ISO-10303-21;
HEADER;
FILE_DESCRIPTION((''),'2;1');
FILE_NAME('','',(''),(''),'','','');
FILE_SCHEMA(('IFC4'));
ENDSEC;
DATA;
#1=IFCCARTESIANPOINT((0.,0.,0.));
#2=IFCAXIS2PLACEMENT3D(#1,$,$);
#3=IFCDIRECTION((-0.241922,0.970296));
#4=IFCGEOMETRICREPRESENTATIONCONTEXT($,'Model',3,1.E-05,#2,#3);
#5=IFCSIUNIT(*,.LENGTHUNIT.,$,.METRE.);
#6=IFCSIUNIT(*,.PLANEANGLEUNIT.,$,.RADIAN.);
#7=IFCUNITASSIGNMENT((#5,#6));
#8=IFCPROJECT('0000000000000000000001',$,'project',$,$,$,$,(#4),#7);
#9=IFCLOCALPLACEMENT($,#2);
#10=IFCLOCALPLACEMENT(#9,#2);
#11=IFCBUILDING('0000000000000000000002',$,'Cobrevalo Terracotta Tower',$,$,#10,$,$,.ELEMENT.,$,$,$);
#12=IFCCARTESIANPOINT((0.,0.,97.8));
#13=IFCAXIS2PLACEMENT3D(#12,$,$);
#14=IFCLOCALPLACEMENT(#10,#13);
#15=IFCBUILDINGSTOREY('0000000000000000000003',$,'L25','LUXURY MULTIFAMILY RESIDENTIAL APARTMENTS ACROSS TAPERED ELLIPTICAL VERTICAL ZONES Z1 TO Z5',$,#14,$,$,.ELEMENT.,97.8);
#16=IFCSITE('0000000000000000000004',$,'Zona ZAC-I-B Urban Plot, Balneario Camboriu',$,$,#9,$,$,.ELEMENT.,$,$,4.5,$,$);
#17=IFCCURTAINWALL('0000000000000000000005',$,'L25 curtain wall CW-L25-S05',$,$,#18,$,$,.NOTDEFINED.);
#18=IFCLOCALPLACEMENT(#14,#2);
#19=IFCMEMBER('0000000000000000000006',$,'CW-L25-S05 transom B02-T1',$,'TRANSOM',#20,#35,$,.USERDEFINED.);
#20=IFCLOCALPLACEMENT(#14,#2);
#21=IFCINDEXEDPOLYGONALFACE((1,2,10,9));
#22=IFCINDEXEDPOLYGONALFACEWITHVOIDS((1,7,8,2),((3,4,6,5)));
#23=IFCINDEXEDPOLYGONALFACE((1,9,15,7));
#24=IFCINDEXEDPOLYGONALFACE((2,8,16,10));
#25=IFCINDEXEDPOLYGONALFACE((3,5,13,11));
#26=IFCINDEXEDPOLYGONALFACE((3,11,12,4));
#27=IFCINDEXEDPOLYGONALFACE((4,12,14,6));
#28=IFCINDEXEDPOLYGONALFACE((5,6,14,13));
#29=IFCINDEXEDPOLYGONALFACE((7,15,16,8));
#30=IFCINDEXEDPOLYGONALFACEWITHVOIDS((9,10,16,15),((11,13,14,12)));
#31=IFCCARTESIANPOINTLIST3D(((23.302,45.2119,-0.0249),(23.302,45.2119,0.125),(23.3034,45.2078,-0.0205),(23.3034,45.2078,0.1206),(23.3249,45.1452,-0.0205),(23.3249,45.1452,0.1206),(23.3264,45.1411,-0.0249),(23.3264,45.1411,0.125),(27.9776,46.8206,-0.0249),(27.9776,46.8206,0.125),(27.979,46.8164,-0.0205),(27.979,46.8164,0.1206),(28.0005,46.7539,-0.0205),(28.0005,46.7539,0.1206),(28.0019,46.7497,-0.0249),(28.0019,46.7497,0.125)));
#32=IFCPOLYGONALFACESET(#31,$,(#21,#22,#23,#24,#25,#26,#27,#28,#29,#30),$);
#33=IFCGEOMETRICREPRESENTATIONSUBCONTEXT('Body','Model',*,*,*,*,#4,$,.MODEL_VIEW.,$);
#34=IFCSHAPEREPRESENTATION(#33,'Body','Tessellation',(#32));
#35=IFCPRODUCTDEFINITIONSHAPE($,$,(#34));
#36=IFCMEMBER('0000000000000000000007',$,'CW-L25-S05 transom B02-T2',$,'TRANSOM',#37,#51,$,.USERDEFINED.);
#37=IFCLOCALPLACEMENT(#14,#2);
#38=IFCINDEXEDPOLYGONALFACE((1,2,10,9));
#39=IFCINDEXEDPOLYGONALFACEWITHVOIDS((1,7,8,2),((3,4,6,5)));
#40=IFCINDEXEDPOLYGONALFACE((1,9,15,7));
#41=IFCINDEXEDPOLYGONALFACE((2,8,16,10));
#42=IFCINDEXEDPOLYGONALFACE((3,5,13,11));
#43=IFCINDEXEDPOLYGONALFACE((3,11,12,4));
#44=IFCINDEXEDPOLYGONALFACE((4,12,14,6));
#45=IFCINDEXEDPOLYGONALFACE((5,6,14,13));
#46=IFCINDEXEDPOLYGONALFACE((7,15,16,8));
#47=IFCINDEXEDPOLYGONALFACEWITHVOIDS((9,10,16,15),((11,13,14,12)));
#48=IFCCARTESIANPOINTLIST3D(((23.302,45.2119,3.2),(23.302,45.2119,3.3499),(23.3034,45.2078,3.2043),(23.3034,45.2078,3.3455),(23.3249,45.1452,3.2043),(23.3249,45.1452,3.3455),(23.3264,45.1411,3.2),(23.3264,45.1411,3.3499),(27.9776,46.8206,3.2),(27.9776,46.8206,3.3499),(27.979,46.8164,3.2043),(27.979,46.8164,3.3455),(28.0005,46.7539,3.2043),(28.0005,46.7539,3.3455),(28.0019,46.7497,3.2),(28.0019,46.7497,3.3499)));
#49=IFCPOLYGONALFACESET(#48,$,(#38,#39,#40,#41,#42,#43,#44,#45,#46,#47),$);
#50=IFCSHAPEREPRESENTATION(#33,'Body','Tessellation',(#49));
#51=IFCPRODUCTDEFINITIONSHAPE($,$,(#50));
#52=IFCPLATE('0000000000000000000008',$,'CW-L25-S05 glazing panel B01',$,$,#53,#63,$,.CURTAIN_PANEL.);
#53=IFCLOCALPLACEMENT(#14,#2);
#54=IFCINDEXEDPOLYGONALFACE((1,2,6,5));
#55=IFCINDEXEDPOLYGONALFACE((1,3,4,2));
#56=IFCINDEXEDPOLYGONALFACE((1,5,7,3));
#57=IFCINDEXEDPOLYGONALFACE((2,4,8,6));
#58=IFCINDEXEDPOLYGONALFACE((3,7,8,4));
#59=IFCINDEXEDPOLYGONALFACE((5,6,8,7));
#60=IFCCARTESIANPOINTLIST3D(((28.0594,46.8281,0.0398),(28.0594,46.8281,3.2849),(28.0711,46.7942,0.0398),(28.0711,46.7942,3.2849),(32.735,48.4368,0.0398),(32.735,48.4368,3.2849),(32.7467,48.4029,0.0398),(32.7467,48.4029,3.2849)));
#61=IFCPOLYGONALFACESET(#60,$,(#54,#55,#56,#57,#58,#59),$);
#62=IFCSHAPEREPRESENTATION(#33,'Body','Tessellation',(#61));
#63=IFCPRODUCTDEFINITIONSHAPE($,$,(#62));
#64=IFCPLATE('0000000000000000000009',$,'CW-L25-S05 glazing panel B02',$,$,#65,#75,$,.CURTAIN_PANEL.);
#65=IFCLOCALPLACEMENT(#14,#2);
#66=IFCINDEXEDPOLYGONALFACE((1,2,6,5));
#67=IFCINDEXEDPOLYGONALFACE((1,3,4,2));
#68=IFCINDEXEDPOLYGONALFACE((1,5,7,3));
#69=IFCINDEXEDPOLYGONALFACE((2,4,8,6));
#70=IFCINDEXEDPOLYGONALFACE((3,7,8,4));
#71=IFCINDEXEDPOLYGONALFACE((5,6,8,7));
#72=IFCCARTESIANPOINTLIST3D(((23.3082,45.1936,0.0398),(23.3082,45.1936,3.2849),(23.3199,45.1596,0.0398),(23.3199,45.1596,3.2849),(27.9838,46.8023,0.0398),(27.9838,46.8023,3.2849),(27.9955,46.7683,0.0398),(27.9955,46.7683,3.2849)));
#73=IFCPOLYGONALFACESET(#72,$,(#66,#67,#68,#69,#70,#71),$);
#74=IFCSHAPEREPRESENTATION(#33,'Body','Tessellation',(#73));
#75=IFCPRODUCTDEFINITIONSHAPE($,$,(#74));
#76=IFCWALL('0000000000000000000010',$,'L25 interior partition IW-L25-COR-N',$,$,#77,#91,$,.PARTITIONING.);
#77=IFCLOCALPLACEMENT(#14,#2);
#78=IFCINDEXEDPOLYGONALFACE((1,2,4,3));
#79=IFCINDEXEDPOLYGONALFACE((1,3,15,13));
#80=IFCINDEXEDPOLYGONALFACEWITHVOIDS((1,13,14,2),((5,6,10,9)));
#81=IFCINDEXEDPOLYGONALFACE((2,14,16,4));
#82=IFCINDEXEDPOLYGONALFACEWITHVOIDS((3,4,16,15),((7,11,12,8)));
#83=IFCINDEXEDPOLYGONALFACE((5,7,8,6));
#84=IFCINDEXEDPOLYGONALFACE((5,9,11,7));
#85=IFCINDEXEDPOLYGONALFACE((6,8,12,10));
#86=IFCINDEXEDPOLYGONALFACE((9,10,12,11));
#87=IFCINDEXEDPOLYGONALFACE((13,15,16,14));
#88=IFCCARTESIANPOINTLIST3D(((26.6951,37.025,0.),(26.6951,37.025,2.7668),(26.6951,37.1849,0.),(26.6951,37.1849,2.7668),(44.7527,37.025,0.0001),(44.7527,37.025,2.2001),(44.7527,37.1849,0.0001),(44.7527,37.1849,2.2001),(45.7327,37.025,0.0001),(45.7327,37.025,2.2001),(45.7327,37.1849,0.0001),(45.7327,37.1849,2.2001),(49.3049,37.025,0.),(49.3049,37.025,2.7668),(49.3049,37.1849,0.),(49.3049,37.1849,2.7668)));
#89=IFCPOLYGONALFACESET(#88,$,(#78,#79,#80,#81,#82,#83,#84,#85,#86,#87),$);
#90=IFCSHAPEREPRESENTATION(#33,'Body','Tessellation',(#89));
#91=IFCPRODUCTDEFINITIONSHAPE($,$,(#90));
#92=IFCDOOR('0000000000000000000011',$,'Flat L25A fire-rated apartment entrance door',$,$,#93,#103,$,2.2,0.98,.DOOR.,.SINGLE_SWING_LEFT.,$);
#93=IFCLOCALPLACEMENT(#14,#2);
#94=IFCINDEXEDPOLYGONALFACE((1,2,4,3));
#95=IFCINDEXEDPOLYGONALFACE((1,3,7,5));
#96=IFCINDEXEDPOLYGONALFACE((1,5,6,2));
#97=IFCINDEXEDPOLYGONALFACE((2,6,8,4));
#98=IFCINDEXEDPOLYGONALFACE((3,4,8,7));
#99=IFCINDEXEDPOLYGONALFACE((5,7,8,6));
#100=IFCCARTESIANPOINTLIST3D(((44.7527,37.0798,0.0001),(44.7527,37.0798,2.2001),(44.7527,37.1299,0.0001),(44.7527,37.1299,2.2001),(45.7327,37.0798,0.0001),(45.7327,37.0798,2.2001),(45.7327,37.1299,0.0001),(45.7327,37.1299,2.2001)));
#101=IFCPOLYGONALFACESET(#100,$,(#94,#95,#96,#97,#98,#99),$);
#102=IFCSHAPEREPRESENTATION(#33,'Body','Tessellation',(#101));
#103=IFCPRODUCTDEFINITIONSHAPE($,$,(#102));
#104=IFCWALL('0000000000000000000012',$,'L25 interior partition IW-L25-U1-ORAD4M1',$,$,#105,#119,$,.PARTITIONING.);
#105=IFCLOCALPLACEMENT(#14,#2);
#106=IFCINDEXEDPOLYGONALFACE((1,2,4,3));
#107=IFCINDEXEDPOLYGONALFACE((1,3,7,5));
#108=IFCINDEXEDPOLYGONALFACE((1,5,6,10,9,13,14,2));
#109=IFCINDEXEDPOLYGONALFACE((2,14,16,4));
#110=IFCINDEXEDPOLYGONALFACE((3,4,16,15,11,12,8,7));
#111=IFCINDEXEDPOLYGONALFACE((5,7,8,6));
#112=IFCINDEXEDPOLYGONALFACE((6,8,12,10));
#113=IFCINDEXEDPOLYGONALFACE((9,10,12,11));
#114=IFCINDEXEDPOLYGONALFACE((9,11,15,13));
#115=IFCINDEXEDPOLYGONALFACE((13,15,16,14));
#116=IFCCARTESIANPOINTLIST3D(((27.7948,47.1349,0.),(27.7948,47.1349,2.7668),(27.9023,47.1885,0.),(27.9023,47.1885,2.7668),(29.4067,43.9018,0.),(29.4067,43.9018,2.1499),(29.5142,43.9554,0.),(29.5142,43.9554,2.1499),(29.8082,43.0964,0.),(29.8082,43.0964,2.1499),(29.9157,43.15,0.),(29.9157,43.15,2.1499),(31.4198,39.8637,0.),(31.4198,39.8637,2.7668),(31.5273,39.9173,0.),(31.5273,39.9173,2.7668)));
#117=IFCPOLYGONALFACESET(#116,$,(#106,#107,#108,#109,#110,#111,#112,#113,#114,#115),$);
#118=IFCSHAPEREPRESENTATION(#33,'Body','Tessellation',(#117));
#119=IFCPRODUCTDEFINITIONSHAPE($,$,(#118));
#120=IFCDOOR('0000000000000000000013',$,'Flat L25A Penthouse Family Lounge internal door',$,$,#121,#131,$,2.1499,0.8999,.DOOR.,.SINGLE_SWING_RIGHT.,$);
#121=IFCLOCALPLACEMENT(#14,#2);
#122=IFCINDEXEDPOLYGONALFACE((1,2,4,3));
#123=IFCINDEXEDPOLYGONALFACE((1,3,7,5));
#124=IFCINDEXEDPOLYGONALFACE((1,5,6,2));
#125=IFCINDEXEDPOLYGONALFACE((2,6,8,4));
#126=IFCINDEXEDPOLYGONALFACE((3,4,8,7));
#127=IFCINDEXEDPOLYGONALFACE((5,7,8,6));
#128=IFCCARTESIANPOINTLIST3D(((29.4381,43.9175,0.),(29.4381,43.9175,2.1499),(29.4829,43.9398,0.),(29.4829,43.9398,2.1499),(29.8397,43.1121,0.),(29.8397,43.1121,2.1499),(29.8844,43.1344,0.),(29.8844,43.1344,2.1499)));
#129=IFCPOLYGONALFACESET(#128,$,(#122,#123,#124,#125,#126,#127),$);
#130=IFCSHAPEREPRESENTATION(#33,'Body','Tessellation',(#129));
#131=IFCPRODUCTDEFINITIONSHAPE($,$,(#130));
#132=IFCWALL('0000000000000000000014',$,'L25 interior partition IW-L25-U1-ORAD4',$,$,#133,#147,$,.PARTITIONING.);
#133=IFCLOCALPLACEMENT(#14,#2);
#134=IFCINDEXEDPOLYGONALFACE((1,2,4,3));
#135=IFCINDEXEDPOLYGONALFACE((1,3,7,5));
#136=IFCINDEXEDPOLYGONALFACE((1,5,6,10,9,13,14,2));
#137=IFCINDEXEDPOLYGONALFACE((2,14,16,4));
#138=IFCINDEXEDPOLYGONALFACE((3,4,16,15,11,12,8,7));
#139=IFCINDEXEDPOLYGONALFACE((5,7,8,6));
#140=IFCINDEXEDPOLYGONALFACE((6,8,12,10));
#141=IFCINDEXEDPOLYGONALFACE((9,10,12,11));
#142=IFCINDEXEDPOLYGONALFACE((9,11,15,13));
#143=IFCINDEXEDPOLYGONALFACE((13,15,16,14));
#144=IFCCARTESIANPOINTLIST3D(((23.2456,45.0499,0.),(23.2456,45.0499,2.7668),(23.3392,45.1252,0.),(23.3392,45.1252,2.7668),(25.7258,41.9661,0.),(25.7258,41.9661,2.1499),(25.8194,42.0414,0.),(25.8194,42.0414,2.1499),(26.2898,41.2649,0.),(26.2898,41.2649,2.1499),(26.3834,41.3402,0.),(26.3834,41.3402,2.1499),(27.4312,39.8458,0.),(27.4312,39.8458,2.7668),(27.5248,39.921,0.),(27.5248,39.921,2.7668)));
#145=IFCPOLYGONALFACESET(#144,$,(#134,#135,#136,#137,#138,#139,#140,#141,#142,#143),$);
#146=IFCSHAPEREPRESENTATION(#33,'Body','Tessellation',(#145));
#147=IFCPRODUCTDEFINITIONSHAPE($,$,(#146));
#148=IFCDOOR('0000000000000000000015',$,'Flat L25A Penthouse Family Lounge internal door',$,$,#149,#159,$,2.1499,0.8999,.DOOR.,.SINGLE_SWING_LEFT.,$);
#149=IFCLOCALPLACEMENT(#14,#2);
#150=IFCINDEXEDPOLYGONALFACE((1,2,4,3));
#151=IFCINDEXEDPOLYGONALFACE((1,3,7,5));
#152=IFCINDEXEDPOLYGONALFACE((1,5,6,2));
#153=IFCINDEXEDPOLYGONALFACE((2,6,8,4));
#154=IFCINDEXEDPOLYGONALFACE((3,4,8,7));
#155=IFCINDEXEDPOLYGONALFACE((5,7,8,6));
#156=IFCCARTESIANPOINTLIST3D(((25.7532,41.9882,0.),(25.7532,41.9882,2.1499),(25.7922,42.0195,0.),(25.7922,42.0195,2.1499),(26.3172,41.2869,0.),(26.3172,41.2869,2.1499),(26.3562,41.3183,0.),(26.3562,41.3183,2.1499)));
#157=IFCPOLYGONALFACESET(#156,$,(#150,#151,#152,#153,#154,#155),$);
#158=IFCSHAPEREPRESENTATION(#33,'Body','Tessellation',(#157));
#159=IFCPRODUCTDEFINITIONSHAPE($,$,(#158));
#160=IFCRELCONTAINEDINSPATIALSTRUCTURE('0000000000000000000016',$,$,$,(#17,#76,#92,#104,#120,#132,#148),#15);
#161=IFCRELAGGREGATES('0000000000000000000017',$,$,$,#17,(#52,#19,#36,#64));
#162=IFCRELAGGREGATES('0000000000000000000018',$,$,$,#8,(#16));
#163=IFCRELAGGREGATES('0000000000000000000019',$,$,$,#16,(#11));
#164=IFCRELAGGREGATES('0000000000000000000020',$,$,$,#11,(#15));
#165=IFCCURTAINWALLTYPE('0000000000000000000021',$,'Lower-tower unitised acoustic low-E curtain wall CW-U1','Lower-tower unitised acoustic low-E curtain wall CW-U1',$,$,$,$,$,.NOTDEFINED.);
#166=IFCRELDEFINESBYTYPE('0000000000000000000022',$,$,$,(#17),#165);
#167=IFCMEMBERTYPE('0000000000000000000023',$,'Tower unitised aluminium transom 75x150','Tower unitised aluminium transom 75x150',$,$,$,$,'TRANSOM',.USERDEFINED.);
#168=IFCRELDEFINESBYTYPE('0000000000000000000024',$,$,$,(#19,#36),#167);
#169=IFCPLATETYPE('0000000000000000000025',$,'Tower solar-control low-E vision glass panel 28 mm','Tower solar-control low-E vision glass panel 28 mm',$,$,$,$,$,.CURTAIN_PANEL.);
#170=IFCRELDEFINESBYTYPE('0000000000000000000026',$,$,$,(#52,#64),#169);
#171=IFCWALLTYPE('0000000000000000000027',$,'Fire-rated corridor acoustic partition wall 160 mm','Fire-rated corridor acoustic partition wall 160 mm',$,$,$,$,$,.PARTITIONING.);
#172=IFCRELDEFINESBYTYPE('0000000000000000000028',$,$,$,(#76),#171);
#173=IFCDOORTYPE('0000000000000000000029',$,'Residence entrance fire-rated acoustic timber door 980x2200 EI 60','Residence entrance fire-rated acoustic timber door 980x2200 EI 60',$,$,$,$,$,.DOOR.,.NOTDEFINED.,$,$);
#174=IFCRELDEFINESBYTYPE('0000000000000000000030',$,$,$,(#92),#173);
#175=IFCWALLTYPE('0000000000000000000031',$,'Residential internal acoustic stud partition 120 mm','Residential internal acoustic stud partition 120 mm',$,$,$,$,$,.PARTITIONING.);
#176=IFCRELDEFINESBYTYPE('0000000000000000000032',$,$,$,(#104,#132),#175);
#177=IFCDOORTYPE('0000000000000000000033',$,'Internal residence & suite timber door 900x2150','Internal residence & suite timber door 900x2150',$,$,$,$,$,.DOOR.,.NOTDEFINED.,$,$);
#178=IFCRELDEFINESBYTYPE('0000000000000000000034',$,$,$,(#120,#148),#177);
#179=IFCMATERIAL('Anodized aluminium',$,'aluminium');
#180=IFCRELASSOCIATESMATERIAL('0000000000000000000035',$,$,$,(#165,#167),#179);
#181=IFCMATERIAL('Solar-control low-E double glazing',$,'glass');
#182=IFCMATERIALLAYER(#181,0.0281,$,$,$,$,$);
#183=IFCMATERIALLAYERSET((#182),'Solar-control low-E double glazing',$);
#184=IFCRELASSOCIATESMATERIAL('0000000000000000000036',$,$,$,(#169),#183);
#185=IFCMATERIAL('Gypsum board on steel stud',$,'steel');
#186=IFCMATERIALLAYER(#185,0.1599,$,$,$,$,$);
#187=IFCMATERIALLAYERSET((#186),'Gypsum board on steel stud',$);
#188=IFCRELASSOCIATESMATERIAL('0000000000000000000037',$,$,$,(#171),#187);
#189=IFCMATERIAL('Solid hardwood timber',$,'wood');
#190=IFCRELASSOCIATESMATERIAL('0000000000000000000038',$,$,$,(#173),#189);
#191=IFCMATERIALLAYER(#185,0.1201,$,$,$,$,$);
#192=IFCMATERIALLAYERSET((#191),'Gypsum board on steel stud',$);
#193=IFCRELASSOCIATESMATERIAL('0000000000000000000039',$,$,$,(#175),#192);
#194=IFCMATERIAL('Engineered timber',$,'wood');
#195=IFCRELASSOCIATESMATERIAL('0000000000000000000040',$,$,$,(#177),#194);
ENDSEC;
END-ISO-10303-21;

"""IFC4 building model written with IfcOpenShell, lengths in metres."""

from ifc_helpers import new_model, si_unit, direction, frame, frame_2d, origin, origin_2d, place, context, subcontext, project, spatial, rectangle, hollow_rectangle, extrude, source, transform, mapped, material, layer, layer_set, material_profile, profile_set, type_object, element, fill, aggregate, save


model = new_model("IFC4")

# Units and contexts
model_context = context("Model", 3, precision=1e-05, world=origin(), true_north=direction((-0.241922, 0.970296)))
body_context = subcontext(model_context, "Body", "Model", "MODEL_VIEW")
ifc_project = project(units=[si_unit("LENGTHUNIT", "METRE"), si_unit("PLANEANGLEUNIT", "RADIAN")], contexts=[model_context])

# Site, building, storey
site_placement = place(None, origin())
site = spatial("IfcSite", under=ifc_project, at=site_placement, Name="Zona ZAC-I-B Urban Plot, Balneario Camboriu", CompositionType="ELEMENT", RefElevation=4.5)
building_placement = place(site_placement, origin())
building = spatial("IfcBuilding", under=site, at=building_placement, Name="Cobrevalo Terracotta Tower", CompositionType="ELEMENT")
storey_placement = place(building_placement, frame((0.0, 0.0, 97.8)))
storey = spatial("IfcBuildingStorey", under=building, at=storey_placement, Name="L25", Description="LUXURY MULTIFAMILY RESIDENTIAL APARTMENTS ACROSS TAPERED ELLIPTICAL VERTICAL ZONES Z1 TO Z5", CompositionType="ELEMENT", Elevation=97.8)

# Curtain wall, members, plates
ifc_material_1 = material(Name="Anodized aluminium", Category="aluminium")
curtain_wall_type = type_object("IfcCurtainWallType", Name="Lower-tower unitised acoustic low-E curtain wall CW-U1", Description="Lower-tower unitised acoustic low-E curtain wall CW-U1", PredefinedType="NOTDEFINED", material=ifc_material_1)
curtain_wall_placement = place(storey_placement, origin())
curtain_wall = element("IfcCurtainWall", 1, at=curtain_wall_placement, inside=storey, type_object=curtain_wall_type, Name="L25 curtain wall CW-L25-S05", PredefinedType="NOTDEFINED")
ifc_material_profile_1 = material_profile(ifc_material_1, hollow_rectangle(XDim=0.075, YDim=0.1499, WallThickness=0.0044, at=origin_2d()), Name="CWT 75x150")
ifc_profile_set_1 = profile_set([ifc_material_profile_1], Name="Anodized aluminium")
member_type_1 = type_object("IfcMemberType", Name="Tower unitised aluminium transom 75x150", Description="Tower unitised aluminium transom 75x150", ElementType="TRANSOM", PredefinedType="USERDEFINED", material=ifc_profile_set_1)
shared_shape_1 = source(origin(), body_context, "Body", "SweptSolid", [
    extrude(hollow_rectangle(XDim=0.075, YDim=0.1499, WallThickness=0.0044, at=origin_2d()), origin(), (0.0, 0.0, 1.0), 4.9446),
])
member_1_placement = place(storey_placement, frame((27.9897, 46.7852, 0.05), z_axis=(-0.945598, -0.325338, 0.0), x_axis=(0.325338, -0.945598, 0.0)))
member_1 = element("IfcMember", 2, at=member_1_placement, type_object=member_type_1, Name="CW-L25-S05 transom B02-T1", ObjectType="TRANSOM", PredefinedType="USERDEFINED", context=body_context, shape_type="MappedRepresentation", body=[
    mapped(shared_shape_1, transform((0.0, 0.0, 0.0), scale=1.0)),
])
member_2_placement = place(storey_placement, frame((27.9897, 46.7852, 3.2749), z_axis=(-0.945598, -0.325338, 0.0), x_axis=(0.325338, -0.945598, 0.0)))
member_2 = element("IfcMember", 3, at=member_2_placement, type_object=member_type_1, Name="CW-L25-S05 transom B02-T2", ObjectType="TRANSOM", PredefinedType="USERDEFINED", context=body_context, shape_type="MappedRepresentation", body=[
    mapped(shared_shape_1, transform((0.0, 0.0, 0.0), scale=1.0)),
])
ifc_material_2 = material(Name="Solar-control low-E double glazing", Category="glass")
ifc_layer_1 = layer(ifc_material_2, 0.0281)
ifc_layer_set_1 = layer_set([ifc_layer_1], Name="Solar-control low-E double glazing")
plate_type = type_object("IfcPlateType", Name="Tower solar-control low-E vision glass panel 28 mm", Description="Tower solar-control low-E vision glass panel 28 mm", PredefinedType="CURTAIN_PANEL", material=ifc_layer_set_1)
shared_shape_2 = source(origin(), body_context, "Body", "SweptSolid", [
    extrude(rectangle(XDim=4.9446, YDim=0.0359, at=origin_2d()), origin(), (0.0, 0.0, 1.0), 3.2451),
])
plate_1_placement = place(storey_placement, frame((30.4031, 47.6155, 0.0398), z_axis=(0.0, 0.0, 1.0), x_axis=(-0.945596, -0.325342, 0.0)))
plate_1 = element("IfcPlate", 4, at=plate_1_placement, type_object=plate_type, Name="CW-L25-S05 glazing panel B01", PredefinedType="CURTAIN_PANEL", context=body_context, shape_type="MappedRepresentation", body=[
    mapped(shared_shape_2, transform((0.0, 0.0, 0.0), scale=1.0)),
])
plate_2_placement = place(storey_placement, frame((25.6519, 45.981, 0.0398), z_axis=(0.0, 0.0, 1.0), x_axis=(-0.945596, -0.325342, 0.0)))
plate_2 = element("IfcPlate", 5, at=plate_2_placement, type_object=plate_type, Name="CW-L25-S05 glazing panel B02", PredefinedType="CURTAIN_PANEL", context=body_context, shape_type="MappedRepresentation", body=[
    mapped(shared_shape_2, transform((0.0, 0.0, 0.0), scale=1.0)),
])
aggregate(curtain_wall, [plate_1, member_1, member_2, plate_2])

# Walls, openings, doors
ifc_material_3 = material(Name="Gypsum board on steel stud", Category="steel")
ifc_layer_2 = layer(ifc_material_3, 0.1599)
ifc_layer_set_2 = layer_set([ifc_layer_2], Name="Gypsum board on steel stud")
wall_type_1 = type_object("IfcWallType", Name="Fire-rated corridor acoustic partition wall 160 mm", Description="Fire-rated corridor acoustic partition wall 160 mm", PredefinedType="PARTITIONING", material=ifc_layer_set_2)
wall_1_placement = place(storey_placement, frame((26.6951, 37.105, 0.0), z_axis=(0.0, 0.0, 1.0), x_axis=(1.0, 0.0, 0.0)))
wall_1 = element("IfcWall", 6, at=wall_1_placement, inside=storey, type_object=wall_type_1, Name="L25 interior partition IW-L25-COR-N", PredefinedType="PARTITIONING", context=body_context, shape_type="SweptSolid", body=[
    extrude(rectangle(XDim=22.6099, YDim=0.1599, at=frame_2d((11.3049, 0.0))), origin(), (0.0, 0.0, 1.0), 2.7668),
])
opening_1_placement = place(wall_1_placement, frame((18.0576, 0.0, 0.0)))
opening_1 = element("IfcOpeningElement", 7, at=opening_1_placement, cuts=wall_1, PredefinedType="OPENING", context=body_context, shape_type="SweptSolid", body=[
    extrude(rectangle(XDim=0.98, YDim=2.2, at=frame_2d((0.49, 1.1001))), frame((0.0, 0.0898, 0.0), z_axis=(0.0, -1.0, 0.0), x_axis=(1.0, 0.0, 0.0)), (0.0, 0.0, 1.0), 0.1799),
])
ifc_material_4 = material(Name="Solid hardwood timber", Category="wood")
door_type_1 = type_object("IfcDoorType", Name="Residence entrance fire-rated acoustic timber door 980x2200 EI 60", Description="Residence entrance fire-rated acoustic timber door 980x2200 EI 60", OperationType="NOTDEFINED", PredefinedType="DOOR", material=ifc_material_4)
shared_shape_3 = source(origin(), body_context, "Body", "SweptSolid", [
    extrude(rectangle(XDim=0.98, YDim=2.2, at=frame_2d((0.49, 1.1001))), frame((0.0, 0.0249, 0.0), z_axis=(0.0, -1.0, 0.0), x_axis=(1.0, 0.0, 0.0)), (0.0, 0.0, 1.0), 0.05),
])
door_1_placement = place(opening_1_placement, origin())
door_1 = element("IfcDoor", 8, at=door_1_placement, inside=storey, type_object=door_type_1, Name="Flat L25A fire-rated apartment entrance door", OperationType="SINGLE_SWING_LEFT", OverallHeight=2.2, OverallWidth=0.98, PredefinedType="DOOR", context=body_context, shape_type="MappedRepresentation", body=[
    mapped(shared_shape_3, transform((0.0, 0.0, 0.0), scale=1.0)),
])
fill(opening_1, door_1)
ifc_layer_3 = layer(ifc_material_3, 0.1201)
ifc_layer_set_3 = layer_set([ifc_layer_3], Name="Gypsum board on steel stud")
wall_type_2 = type_object("IfcWallType", Name="Residential internal acoustic stud partition 120 mm", Description="Residential internal acoustic stud partition 120 mm", PredefinedType="PARTITIONING", material=ifc_layer_set_3)
wall_2_placement = place(storey_placement, frame((31.4736, 39.8904, 0.0), z_axis=(0.0, 0.0, 1.0), x_axis=(-0.446168, 0.894949, 0.0)))
wall_2 = element("IfcWall", 9, at=wall_2_placement, inside=storey, type_object=wall_type_2, Name="L25 interior partition IW-L25-U1-ORAD4M1", PredefinedType="PARTITIONING", context=body_context, shape_type="SweptSolid", body=[
    extrude(rectangle(XDim=8.1248, YDim=0.1201, at=frame_2d((4.0625, 0.0))), origin(), (0.0, 0.0, 1.0), 2.7668),
])
opening_2_placement = place(wall_2_placement, frame((3.6123, 0.0, 0.0)))
opening_2 = element("IfcOpeningElement", 10, at=opening_2_placement, cuts=wall_2, PredefinedType="OPENING", context=body_context, shape_type="SweptSolid", body=[
    extrude(rectangle(XDim=0.8999, YDim=2.1499, at=frame_2d((0.45, 1.075))), frame((0.0, 0.0701, 0.0), z_axis=(0.0, -1.0, 0.0), x_axis=(1.0, 0.0, 0.0)), (0.0, 0.0, 1.0), 0.1401),
])
ifc_material_5 = material(Name="Engineered timber", Category="wood")
door_type_2 = type_object("IfcDoorType", Name="Internal residence & suite timber door 900x2150", Description="Internal residence & suite timber door 900x2150", OperationType="NOTDEFINED", PredefinedType="DOOR", material=ifc_material_5)
shared_shape_4 = source(origin(), body_context, "Body", "SweptSolid", [
    extrude(rectangle(XDim=0.8999, YDim=2.1499, at=frame_2d((0.45, 1.075))), frame((0.0, 0.0249, 0.0), z_axis=(0.0, -1.0, 0.0), x_axis=(1.0, 0.0, 0.0)), (0.0, 0.0, 1.0), 0.05),
])
door_2_placement = place(opening_2_placement, origin())
door_2 = element("IfcDoor", 11, at=door_2_placement, inside=storey, type_object=door_type_2, Name="Flat L25A Penthouse Family Lounge internal door", OperationType="SINGLE_SWING_RIGHT", OverallHeight=2.1499, OverallWidth=0.8999, PredefinedType="DOOR", context=body_context, shape_type="MappedRepresentation", body=[
    mapped(shared_shape_4, transform((0.0, 0.0, 0.0), scale=1.0)),
])
fill(opening_2, door_2)
wall_3_placement = place(storey_placement, frame((27.478, 39.8833, 0.0), z_axis=(0.0, 0.0, 1.0), x_axis=(-0.626726, 0.77924, 0.0)))
wall_3 = element("IfcWall", 12, at=wall_3_placement, inside=storey, type_object=wall_type_2, Name="L25 interior partition IW-L25-U1-ORAD4", PredefinedType="PARTITIONING", context=body_context, shape_type="SweptSolid", body=[
    extrude(rectangle(XDim=6.6785, YDim=0.1201, at=frame_2d((3.3394, 0.0))), origin(), (0.0, 0.0, 1.0), 2.7668),
])
opening_3_placement = place(wall_3_placement, frame((1.8213, 0.0, 0.0)))
opening_3 = element("IfcOpeningElement", 13, at=opening_3_placement, cuts=wall_3, PredefinedType="OPENING", context=body_context, shape_type="SweptSolid", body=[
    extrude(rectangle(XDim=0.8999, YDim=2.1499, at=frame_2d((0.45, 1.075))), frame((0.0, 0.0701, 0.0), z_axis=(0.0, -1.0, 0.0), x_axis=(1.0, 0.0, 0.0)), (0.0, 0.0, 1.0), 0.1401),
])
door_3_placement = place(opening_3_placement, origin())
door_3 = element("IfcDoor", 14, at=door_3_placement, inside=storey, type_object=door_type_2, Name="Flat L25A Penthouse Family Lounge internal door", OperationType="SINGLE_SWING_LEFT", OverallHeight=2.1499, OverallWidth=0.8999, PredefinedType="DOOR", context=body_context, shape_type="MappedRepresentation", body=[
    mapped(shared_shape_4, transform((0.0, 0.0, 0.0), scale=1.0)),
])
fill(opening_3, door_3)

save(model, "model.ifc")
